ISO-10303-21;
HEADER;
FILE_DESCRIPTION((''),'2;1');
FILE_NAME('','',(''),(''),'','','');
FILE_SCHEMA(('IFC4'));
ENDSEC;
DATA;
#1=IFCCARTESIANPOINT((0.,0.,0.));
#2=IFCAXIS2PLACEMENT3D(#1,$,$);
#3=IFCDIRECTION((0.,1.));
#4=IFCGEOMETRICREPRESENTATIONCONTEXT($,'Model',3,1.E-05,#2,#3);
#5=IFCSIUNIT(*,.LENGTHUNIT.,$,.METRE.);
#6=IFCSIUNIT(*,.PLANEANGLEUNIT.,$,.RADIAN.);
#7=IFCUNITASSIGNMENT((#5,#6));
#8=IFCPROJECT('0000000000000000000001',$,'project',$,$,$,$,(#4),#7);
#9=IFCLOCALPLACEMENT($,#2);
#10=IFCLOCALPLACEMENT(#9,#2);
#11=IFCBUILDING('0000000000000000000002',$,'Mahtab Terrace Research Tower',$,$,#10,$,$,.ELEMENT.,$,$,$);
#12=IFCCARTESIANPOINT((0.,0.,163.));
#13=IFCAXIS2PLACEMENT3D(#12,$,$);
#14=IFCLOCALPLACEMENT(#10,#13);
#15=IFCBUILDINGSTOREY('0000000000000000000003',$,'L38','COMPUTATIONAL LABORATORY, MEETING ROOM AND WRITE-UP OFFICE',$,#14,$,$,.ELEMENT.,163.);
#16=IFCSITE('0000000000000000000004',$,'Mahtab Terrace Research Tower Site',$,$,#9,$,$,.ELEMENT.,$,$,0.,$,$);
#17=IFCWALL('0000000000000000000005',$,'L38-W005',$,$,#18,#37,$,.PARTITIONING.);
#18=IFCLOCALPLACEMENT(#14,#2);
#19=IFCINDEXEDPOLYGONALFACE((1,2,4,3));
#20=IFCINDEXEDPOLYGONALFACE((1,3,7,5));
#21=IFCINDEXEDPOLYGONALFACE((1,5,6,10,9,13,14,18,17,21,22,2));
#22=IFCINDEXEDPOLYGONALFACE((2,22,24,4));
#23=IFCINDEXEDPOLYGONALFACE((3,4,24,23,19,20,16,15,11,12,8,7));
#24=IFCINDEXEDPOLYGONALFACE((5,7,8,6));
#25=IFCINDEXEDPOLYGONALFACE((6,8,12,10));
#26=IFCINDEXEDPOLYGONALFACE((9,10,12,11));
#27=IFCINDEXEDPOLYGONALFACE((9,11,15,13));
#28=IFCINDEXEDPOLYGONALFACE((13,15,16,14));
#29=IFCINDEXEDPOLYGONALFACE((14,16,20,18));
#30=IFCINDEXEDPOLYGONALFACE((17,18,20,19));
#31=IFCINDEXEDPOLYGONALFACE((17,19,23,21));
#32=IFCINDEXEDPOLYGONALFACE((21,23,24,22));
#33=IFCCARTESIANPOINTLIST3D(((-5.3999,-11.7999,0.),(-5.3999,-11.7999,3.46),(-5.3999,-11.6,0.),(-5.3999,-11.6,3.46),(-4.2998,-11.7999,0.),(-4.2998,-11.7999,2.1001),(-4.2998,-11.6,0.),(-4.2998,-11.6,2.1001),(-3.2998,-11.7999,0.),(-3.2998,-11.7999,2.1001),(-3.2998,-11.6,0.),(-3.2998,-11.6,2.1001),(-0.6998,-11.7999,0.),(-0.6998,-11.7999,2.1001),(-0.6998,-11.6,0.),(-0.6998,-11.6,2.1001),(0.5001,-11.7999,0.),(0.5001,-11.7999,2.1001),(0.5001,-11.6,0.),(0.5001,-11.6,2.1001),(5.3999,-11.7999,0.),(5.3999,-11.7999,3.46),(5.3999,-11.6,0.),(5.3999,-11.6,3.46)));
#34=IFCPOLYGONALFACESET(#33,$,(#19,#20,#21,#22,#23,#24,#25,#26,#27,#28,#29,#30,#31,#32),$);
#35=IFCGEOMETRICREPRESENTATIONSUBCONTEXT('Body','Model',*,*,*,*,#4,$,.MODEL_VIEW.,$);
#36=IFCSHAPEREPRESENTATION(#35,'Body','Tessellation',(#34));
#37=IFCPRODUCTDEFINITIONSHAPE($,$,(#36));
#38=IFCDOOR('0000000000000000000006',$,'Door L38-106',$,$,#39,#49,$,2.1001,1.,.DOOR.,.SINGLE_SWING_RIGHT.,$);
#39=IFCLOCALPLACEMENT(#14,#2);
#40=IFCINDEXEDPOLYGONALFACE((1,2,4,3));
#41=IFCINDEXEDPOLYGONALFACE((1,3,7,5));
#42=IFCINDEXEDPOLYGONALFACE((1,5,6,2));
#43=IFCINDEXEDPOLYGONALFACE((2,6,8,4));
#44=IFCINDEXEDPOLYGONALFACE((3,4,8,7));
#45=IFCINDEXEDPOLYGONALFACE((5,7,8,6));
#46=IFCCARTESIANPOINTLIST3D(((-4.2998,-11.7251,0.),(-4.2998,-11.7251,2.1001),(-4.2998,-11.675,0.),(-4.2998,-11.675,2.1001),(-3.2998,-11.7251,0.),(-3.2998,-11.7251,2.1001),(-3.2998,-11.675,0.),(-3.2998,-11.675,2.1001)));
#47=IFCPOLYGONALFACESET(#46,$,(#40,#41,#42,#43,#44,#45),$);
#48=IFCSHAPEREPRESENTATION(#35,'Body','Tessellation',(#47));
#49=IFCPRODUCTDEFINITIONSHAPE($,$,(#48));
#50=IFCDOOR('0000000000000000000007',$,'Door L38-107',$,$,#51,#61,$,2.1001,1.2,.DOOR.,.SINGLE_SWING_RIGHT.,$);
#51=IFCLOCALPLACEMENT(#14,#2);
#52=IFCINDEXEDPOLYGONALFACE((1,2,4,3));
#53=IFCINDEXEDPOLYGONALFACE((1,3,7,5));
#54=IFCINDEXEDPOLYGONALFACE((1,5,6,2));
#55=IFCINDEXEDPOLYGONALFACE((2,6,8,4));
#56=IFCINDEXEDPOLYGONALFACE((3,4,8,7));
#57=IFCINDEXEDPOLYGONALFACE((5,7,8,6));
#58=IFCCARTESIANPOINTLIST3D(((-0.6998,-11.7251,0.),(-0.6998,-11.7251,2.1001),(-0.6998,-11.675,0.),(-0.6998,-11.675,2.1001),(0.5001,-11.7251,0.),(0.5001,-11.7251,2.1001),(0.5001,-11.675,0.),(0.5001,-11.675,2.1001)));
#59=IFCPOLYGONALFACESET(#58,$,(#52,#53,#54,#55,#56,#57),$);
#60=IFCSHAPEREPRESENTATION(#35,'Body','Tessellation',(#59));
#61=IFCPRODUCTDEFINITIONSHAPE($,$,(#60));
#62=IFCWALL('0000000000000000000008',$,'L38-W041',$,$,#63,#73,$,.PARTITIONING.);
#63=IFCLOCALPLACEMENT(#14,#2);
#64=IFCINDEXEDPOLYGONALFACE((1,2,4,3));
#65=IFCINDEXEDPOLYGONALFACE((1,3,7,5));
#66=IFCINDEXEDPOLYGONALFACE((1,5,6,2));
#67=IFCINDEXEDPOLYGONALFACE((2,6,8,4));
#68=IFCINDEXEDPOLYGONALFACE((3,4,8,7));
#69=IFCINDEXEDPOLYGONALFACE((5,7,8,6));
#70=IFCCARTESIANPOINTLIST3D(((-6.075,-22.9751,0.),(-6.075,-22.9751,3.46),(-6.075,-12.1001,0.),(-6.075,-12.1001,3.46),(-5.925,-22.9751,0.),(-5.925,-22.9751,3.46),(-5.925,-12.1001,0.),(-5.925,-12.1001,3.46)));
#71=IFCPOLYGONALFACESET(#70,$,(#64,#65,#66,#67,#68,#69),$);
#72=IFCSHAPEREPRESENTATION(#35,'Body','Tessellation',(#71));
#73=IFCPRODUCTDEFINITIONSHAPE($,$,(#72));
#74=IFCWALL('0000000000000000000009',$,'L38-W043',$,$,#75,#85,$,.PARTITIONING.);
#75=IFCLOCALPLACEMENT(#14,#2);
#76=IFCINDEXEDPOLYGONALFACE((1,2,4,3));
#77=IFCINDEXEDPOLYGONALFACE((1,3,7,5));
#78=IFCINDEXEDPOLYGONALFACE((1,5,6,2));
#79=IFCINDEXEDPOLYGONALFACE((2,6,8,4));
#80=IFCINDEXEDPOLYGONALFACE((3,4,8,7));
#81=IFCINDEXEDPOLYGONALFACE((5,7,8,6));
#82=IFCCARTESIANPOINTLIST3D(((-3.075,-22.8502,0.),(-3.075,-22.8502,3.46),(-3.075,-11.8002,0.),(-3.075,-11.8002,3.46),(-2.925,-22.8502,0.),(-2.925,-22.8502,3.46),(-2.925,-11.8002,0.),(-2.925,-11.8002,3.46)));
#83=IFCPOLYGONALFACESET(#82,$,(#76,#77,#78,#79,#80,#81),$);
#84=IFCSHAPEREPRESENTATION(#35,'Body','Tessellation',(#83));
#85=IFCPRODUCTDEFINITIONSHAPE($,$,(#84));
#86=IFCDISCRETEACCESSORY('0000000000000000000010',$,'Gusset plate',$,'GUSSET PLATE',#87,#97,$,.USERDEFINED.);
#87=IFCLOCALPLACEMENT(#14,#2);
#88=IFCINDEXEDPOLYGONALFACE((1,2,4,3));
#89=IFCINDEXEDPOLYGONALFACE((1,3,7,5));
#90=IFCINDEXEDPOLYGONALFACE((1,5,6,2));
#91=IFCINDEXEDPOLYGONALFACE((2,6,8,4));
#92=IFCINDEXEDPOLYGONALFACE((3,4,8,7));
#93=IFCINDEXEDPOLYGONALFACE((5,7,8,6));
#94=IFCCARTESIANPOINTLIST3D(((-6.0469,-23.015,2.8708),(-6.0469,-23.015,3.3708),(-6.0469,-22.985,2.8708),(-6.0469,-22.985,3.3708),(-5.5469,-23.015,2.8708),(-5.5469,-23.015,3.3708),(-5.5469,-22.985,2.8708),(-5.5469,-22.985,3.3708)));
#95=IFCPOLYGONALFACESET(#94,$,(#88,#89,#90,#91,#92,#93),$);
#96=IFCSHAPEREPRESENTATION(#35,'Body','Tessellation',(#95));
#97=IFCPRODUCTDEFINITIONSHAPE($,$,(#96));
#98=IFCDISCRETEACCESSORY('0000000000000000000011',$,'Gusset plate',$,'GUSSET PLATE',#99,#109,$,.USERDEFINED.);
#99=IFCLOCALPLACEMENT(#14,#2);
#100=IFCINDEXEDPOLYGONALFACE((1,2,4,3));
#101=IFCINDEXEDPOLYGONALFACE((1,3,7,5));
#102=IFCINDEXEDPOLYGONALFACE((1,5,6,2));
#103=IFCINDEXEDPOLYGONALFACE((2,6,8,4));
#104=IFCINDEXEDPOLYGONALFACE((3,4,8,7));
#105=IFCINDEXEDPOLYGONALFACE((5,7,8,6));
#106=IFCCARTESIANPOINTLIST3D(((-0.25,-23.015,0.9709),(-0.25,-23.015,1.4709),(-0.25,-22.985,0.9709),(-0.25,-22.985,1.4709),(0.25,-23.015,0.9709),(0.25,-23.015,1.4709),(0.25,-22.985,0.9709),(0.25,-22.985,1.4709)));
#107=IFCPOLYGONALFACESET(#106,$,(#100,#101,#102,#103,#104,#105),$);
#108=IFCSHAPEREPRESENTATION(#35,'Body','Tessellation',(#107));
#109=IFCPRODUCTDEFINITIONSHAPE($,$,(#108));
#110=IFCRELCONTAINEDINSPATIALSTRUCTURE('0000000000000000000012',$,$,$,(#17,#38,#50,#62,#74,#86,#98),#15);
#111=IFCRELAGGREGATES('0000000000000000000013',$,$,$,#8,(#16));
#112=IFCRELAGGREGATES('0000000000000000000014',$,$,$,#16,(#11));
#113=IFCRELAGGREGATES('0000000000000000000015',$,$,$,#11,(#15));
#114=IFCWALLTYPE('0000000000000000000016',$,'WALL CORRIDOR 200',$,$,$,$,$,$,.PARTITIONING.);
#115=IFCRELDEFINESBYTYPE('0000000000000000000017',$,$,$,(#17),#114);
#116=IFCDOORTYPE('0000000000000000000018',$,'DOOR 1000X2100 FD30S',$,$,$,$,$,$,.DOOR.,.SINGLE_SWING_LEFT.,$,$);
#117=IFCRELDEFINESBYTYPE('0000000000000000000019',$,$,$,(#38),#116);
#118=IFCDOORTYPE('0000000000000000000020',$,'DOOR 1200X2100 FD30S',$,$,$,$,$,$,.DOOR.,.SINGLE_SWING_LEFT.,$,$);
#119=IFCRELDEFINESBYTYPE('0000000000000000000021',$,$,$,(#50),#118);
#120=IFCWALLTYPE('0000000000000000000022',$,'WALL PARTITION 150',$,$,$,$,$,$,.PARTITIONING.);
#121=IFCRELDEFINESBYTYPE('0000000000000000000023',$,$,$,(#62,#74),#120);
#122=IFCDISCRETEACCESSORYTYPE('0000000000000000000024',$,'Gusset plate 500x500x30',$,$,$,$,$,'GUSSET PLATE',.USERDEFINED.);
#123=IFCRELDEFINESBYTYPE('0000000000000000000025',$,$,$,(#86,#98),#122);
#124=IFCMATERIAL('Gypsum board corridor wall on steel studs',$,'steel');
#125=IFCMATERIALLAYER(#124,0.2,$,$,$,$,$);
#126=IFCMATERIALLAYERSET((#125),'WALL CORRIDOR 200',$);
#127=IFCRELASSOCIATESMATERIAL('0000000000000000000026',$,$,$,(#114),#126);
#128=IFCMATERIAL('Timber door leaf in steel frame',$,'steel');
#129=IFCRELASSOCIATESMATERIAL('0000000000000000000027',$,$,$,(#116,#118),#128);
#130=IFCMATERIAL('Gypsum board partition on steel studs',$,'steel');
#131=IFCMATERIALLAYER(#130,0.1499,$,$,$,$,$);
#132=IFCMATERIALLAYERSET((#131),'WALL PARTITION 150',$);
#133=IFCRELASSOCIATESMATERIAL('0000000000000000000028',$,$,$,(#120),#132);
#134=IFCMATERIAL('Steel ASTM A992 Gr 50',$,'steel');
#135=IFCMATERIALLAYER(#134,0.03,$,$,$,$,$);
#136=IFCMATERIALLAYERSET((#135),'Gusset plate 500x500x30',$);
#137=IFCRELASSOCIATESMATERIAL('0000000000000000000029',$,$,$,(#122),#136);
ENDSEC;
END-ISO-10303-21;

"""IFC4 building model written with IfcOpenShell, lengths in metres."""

from ifc_helpers import new_model, si_unit, direction, frame, frame_2d, origin, origin_2d, place, context, subcontext, project, spatial, rectangle, extrude, material, layer, layer_set, type_object, element, fill, save


model = new_model("IFC4")

# Units and contexts
model_context = context("Model", 3, precision=1e-05, world=origin(), true_north=direction((0.0, 1.0)))
body_context = subcontext(model_context, "Body", "Model", "MODEL_VIEW")
ifc_project = project(units=[si_unit("LENGTHUNIT", "METRE"), si_unit("PLANEANGLEUNIT", "RADIAN")], contexts=[model_context])

# Site, building, storey
site_placement = place(None, origin())
site = spatial("IfcSite", under=ifc_project, at=site_placement, Name="Mahtab Terrace Research Tower Site", CompositionType="ELEMENT", RefElevation=0.0)
building_placement = place(site_placement, origin())
building = spatial("IfcBuilding", under=site, at=building_placement, Name="Mahtab Terrace Research Tower", CompositionType="ELEMENT")
storey_placement = place(building_placement, frame((0.0, 0.0, 163.0)))
storey = spatial("IfcBuildingStorey", under=building, at=storey_placement, Name="L38", Description="COMPUTATIONAL LABORATORY, MEETING ROOM AND WRITE-UP OFFICE", CompositionType="ELEMENT", Elevation=163.0)

# Shared definitions
ifc_material_1 = material(Name="Steel ASTM A992 Gr 50", Category="steel")

# Wall, openings, doors
ifc_material_2 = material(Name="Gypsum board corridor wall on steel studs", Category="steel")
ifc_layer_1 = layer(ifc_material_2, 0.2)
ifc_layer_set_1 = layer_set([ifc_layer_1], Name="WALL CORRIDOR 200")
wall_type_1 = type_object("IfcWallType", Name="WALL CORRIDOR 200", PredefinedType="PARTITIONING", material=ifc_layer_set_1)
wall_1_placement = place(storey_placement, frame((-5.3999, -11.7, 0.0), z_axis=(0.0, 0.0, 1.0), x_axis=(1.0, 0.0, 0.0)))
wall_1 = element("IfcWall", 1, at=wall_1_placement, inside=storey, type_object=wall_type_1, Name="L38-W005", PredefinedType="PARTITIONING", context=body_context, shape_type="SweptSolid", body=[
    extrude(rectangle(XDim=10.7998, YDim=0.2, at=frame_2d((5.3999, 0.0))), origin(), (0.0, 0.0, 1.0), 3.46),
])
opening_1_placement = place(wall_1_placement, frame((1.1001, 0.0, 0.0)))
opening_1 = element("IfcOpeningElement", 2, at=opening_1_placement, cuts=wall_1, PredefinedType="OPENING", context=body_context, shape_type="SweptSolid", body=[
    extrude(rectangle(XDim=1.0, YDim=2.1001, at=frame_2d((0.5, 1.05))), frame((0.0, 0.1099, 0.0), z_axis=(0.0, -1.0, 0.0), x_axis=(1.0, 0.0, 0.0)), (0.0, 0.0, 1.0), 0.22),
])
opening_2_placement = place(wall_1_placement, frame((4.7, 0.0, 0.0)))
opening_2 = element("IfcOpeningElement", 3, at=opening_2_placement, cuts=wall_1, PredefinedType="OPENING", context=body_context, shape_type="SweptSolid", body=[
    extrude(rectangle(XDim=1.2, YDim=2.1001, at=frame_2d((0.6001, 1.05))), frame((0.0, 0.1099, 0.0), z_axis=(0.0, -1.0, 0.0), x_axis=(1.0, 0.0, 0.0)), (0.0, 0.0, 1.0), 0.22),
])
ifc_material_3 = material(Name="Timber door leaf in steel frame", Category="steel")
door_type_1 = type_object("IfcDoorType", Name="DOOR 1000X2100 FD30S", OperationType="SINGLE_SWING_LEFT", PredefinedType="DOOR", material=ifc_material_3)
door_1_placement = place(opening_1_placement, origin())
door_1 = element("IfcDoor", 4, at=door_1_placement, inside=storey, type_object=door_type_1, Name="Door L38-106", OperationType="SINGLE_SWING_RIGHT", OverallHeight=2.1001, OverallWidth=1.0, PredefinedType="DOOR", context=body_context, shape_type="SweptSolid", body=[
    extrude(rectangle(XDim=1.0, YDim=2.1001, at=frame_2d((0.5, 1.05))), frame((0.0, 0.0249, 0.0), z_axis=(0.0, -1.0, 0.0), x_axis=(1.0, 0.0, 0.0)), (0.0, 0.0, 1.0), 0.05),
])
fill(opening_1, door_1)
door_type_2 = type_object("IfcDoorType", Name="DOOR 1200X2100 FD30S", OperationType="SINGLE_SWING_LEFT", PredefinedType="DOOR", material=ifc_material_3)
door_2_placement = place(opening_2_placement, origin())
door_2 = element("IfcDoor", 5, at=door_2_placement, inside=storey, type_object=door_type_2, Name="Door L38-107", OperationType="SINGLE_SWING_RIGHT", OverallHeight=2.1001, OverallWidth=1.2, PredefinedType="DOOR", context=body_context, shape_type="SweptSolid", body=[
    extrude(rectangle(XDim=1.2, YDim=2.1001, at=frame_2d((0.6001, 1.05))), frame((0.0, 0.0249, 0.0), z_axis=(0.0, -1.0, 0.0), x_axis=(1.0, 0.0, 0.0)), (0.0, 0.0, 1.0), 0.05),
])
fill(opening_2, door_2)

# Walls
ifc_material_4 = material(Name="Gypsum board partition on steel studs", Category="steel")
ifc_layer_2 = layer(ifc_material_4, 0.1499)
ifc_layer_set_2 = layer_set([ifc_layer_2], Name="WALL PARTITION 150")
wall_type_2 = type_object("IfcWallType", Name="WALL PARTITION 150", PredefinedType="PARTITIONING", material=ifc_layer_set_2)
wall_2_placement = place(storey_placement, frame((-6.0, -22.9751, 0.0), z_axis=(0.0, 0.0, 1.0), x_axis=(0.0, 1.0, 0.0)))
element("IfcWall", 6, at=wall_2_placement, inside=storey, type_object=wall_type_2, Name="L38-W041", PredefinedType="PARTITIONING", context=body_context, shape_type="SweptSolid", body=[
    extrude(rectangle(XDim=10.875, YDim=0.1499, at=frame_2d((5.4375, 0.0))), origin(), (0.0, 0.0, 1.0), 3.46),
])
wall_3_placement = place(storey_placement, frame((-3.0, -22.8501, 0.0), z_axis=(0.0, 0.0, 1.0), x_axis=(0.0, 1.0, 0.0)))
element("IfcWall", 7, at=wall_3_placement, inside=storey, type_object=wall_type_2, Name="L38-W043", PredefinedType="PARTITIONING", context=body_context, shape_type="SweptSolid", body=[
    extrude(rectangle(XDim=11.05, YDim=0.1499, at=frame_2d((5.5249, 0.0))), origin(), (0.0, 0.0, 1.0), 3.46),
])

# Discrete accessories
ifc_layer_3 = layer(ifc_material_1, 0.03)
ifc_layer_set_3 = layer_set([ifc_layer_3], Name="Gusset plate 500x500x30")
discrete_accessory_type = type_object("IfcDiscreteAccessoryType", Name="Gusset plate 500x500x30", ElementType="GUSSET PLATE", PredefinedType="USERDEFINED", material=ifc_layer_set_3)
for number, where, z_axis, x_axis, name in (
    (8, (-5.7969, -23.0, 2.8708), (0.0, 0.0, 1.0), (1.0, 0.0, 0.0), "Gusset plate"),
    (9, (0.0, -23.0, 0.9709), (0.0, 0.0, 1.0), (1.0, 0.0, 0.0), "Gusset plate"),
):
    element("IfcDiscreteAccessory", number, at=place(storey_placement, frame(where, z_axis=z_axis, x_axis=x_axis)), inside=storey, type_object=discrete_accessory_type, Name=name, ObjectType="GUSSET PLATE", PredefinedType="USERDEFINED", context=body_context, shape_type="SweptSolid", body=[
        extrude(rectangle(XDim=0.5, YDim=0.03, at=origin_2d()), origin(), (0.0, 0.0, 1.0), 0.5),
    ])

save(model, "model.ifc")
